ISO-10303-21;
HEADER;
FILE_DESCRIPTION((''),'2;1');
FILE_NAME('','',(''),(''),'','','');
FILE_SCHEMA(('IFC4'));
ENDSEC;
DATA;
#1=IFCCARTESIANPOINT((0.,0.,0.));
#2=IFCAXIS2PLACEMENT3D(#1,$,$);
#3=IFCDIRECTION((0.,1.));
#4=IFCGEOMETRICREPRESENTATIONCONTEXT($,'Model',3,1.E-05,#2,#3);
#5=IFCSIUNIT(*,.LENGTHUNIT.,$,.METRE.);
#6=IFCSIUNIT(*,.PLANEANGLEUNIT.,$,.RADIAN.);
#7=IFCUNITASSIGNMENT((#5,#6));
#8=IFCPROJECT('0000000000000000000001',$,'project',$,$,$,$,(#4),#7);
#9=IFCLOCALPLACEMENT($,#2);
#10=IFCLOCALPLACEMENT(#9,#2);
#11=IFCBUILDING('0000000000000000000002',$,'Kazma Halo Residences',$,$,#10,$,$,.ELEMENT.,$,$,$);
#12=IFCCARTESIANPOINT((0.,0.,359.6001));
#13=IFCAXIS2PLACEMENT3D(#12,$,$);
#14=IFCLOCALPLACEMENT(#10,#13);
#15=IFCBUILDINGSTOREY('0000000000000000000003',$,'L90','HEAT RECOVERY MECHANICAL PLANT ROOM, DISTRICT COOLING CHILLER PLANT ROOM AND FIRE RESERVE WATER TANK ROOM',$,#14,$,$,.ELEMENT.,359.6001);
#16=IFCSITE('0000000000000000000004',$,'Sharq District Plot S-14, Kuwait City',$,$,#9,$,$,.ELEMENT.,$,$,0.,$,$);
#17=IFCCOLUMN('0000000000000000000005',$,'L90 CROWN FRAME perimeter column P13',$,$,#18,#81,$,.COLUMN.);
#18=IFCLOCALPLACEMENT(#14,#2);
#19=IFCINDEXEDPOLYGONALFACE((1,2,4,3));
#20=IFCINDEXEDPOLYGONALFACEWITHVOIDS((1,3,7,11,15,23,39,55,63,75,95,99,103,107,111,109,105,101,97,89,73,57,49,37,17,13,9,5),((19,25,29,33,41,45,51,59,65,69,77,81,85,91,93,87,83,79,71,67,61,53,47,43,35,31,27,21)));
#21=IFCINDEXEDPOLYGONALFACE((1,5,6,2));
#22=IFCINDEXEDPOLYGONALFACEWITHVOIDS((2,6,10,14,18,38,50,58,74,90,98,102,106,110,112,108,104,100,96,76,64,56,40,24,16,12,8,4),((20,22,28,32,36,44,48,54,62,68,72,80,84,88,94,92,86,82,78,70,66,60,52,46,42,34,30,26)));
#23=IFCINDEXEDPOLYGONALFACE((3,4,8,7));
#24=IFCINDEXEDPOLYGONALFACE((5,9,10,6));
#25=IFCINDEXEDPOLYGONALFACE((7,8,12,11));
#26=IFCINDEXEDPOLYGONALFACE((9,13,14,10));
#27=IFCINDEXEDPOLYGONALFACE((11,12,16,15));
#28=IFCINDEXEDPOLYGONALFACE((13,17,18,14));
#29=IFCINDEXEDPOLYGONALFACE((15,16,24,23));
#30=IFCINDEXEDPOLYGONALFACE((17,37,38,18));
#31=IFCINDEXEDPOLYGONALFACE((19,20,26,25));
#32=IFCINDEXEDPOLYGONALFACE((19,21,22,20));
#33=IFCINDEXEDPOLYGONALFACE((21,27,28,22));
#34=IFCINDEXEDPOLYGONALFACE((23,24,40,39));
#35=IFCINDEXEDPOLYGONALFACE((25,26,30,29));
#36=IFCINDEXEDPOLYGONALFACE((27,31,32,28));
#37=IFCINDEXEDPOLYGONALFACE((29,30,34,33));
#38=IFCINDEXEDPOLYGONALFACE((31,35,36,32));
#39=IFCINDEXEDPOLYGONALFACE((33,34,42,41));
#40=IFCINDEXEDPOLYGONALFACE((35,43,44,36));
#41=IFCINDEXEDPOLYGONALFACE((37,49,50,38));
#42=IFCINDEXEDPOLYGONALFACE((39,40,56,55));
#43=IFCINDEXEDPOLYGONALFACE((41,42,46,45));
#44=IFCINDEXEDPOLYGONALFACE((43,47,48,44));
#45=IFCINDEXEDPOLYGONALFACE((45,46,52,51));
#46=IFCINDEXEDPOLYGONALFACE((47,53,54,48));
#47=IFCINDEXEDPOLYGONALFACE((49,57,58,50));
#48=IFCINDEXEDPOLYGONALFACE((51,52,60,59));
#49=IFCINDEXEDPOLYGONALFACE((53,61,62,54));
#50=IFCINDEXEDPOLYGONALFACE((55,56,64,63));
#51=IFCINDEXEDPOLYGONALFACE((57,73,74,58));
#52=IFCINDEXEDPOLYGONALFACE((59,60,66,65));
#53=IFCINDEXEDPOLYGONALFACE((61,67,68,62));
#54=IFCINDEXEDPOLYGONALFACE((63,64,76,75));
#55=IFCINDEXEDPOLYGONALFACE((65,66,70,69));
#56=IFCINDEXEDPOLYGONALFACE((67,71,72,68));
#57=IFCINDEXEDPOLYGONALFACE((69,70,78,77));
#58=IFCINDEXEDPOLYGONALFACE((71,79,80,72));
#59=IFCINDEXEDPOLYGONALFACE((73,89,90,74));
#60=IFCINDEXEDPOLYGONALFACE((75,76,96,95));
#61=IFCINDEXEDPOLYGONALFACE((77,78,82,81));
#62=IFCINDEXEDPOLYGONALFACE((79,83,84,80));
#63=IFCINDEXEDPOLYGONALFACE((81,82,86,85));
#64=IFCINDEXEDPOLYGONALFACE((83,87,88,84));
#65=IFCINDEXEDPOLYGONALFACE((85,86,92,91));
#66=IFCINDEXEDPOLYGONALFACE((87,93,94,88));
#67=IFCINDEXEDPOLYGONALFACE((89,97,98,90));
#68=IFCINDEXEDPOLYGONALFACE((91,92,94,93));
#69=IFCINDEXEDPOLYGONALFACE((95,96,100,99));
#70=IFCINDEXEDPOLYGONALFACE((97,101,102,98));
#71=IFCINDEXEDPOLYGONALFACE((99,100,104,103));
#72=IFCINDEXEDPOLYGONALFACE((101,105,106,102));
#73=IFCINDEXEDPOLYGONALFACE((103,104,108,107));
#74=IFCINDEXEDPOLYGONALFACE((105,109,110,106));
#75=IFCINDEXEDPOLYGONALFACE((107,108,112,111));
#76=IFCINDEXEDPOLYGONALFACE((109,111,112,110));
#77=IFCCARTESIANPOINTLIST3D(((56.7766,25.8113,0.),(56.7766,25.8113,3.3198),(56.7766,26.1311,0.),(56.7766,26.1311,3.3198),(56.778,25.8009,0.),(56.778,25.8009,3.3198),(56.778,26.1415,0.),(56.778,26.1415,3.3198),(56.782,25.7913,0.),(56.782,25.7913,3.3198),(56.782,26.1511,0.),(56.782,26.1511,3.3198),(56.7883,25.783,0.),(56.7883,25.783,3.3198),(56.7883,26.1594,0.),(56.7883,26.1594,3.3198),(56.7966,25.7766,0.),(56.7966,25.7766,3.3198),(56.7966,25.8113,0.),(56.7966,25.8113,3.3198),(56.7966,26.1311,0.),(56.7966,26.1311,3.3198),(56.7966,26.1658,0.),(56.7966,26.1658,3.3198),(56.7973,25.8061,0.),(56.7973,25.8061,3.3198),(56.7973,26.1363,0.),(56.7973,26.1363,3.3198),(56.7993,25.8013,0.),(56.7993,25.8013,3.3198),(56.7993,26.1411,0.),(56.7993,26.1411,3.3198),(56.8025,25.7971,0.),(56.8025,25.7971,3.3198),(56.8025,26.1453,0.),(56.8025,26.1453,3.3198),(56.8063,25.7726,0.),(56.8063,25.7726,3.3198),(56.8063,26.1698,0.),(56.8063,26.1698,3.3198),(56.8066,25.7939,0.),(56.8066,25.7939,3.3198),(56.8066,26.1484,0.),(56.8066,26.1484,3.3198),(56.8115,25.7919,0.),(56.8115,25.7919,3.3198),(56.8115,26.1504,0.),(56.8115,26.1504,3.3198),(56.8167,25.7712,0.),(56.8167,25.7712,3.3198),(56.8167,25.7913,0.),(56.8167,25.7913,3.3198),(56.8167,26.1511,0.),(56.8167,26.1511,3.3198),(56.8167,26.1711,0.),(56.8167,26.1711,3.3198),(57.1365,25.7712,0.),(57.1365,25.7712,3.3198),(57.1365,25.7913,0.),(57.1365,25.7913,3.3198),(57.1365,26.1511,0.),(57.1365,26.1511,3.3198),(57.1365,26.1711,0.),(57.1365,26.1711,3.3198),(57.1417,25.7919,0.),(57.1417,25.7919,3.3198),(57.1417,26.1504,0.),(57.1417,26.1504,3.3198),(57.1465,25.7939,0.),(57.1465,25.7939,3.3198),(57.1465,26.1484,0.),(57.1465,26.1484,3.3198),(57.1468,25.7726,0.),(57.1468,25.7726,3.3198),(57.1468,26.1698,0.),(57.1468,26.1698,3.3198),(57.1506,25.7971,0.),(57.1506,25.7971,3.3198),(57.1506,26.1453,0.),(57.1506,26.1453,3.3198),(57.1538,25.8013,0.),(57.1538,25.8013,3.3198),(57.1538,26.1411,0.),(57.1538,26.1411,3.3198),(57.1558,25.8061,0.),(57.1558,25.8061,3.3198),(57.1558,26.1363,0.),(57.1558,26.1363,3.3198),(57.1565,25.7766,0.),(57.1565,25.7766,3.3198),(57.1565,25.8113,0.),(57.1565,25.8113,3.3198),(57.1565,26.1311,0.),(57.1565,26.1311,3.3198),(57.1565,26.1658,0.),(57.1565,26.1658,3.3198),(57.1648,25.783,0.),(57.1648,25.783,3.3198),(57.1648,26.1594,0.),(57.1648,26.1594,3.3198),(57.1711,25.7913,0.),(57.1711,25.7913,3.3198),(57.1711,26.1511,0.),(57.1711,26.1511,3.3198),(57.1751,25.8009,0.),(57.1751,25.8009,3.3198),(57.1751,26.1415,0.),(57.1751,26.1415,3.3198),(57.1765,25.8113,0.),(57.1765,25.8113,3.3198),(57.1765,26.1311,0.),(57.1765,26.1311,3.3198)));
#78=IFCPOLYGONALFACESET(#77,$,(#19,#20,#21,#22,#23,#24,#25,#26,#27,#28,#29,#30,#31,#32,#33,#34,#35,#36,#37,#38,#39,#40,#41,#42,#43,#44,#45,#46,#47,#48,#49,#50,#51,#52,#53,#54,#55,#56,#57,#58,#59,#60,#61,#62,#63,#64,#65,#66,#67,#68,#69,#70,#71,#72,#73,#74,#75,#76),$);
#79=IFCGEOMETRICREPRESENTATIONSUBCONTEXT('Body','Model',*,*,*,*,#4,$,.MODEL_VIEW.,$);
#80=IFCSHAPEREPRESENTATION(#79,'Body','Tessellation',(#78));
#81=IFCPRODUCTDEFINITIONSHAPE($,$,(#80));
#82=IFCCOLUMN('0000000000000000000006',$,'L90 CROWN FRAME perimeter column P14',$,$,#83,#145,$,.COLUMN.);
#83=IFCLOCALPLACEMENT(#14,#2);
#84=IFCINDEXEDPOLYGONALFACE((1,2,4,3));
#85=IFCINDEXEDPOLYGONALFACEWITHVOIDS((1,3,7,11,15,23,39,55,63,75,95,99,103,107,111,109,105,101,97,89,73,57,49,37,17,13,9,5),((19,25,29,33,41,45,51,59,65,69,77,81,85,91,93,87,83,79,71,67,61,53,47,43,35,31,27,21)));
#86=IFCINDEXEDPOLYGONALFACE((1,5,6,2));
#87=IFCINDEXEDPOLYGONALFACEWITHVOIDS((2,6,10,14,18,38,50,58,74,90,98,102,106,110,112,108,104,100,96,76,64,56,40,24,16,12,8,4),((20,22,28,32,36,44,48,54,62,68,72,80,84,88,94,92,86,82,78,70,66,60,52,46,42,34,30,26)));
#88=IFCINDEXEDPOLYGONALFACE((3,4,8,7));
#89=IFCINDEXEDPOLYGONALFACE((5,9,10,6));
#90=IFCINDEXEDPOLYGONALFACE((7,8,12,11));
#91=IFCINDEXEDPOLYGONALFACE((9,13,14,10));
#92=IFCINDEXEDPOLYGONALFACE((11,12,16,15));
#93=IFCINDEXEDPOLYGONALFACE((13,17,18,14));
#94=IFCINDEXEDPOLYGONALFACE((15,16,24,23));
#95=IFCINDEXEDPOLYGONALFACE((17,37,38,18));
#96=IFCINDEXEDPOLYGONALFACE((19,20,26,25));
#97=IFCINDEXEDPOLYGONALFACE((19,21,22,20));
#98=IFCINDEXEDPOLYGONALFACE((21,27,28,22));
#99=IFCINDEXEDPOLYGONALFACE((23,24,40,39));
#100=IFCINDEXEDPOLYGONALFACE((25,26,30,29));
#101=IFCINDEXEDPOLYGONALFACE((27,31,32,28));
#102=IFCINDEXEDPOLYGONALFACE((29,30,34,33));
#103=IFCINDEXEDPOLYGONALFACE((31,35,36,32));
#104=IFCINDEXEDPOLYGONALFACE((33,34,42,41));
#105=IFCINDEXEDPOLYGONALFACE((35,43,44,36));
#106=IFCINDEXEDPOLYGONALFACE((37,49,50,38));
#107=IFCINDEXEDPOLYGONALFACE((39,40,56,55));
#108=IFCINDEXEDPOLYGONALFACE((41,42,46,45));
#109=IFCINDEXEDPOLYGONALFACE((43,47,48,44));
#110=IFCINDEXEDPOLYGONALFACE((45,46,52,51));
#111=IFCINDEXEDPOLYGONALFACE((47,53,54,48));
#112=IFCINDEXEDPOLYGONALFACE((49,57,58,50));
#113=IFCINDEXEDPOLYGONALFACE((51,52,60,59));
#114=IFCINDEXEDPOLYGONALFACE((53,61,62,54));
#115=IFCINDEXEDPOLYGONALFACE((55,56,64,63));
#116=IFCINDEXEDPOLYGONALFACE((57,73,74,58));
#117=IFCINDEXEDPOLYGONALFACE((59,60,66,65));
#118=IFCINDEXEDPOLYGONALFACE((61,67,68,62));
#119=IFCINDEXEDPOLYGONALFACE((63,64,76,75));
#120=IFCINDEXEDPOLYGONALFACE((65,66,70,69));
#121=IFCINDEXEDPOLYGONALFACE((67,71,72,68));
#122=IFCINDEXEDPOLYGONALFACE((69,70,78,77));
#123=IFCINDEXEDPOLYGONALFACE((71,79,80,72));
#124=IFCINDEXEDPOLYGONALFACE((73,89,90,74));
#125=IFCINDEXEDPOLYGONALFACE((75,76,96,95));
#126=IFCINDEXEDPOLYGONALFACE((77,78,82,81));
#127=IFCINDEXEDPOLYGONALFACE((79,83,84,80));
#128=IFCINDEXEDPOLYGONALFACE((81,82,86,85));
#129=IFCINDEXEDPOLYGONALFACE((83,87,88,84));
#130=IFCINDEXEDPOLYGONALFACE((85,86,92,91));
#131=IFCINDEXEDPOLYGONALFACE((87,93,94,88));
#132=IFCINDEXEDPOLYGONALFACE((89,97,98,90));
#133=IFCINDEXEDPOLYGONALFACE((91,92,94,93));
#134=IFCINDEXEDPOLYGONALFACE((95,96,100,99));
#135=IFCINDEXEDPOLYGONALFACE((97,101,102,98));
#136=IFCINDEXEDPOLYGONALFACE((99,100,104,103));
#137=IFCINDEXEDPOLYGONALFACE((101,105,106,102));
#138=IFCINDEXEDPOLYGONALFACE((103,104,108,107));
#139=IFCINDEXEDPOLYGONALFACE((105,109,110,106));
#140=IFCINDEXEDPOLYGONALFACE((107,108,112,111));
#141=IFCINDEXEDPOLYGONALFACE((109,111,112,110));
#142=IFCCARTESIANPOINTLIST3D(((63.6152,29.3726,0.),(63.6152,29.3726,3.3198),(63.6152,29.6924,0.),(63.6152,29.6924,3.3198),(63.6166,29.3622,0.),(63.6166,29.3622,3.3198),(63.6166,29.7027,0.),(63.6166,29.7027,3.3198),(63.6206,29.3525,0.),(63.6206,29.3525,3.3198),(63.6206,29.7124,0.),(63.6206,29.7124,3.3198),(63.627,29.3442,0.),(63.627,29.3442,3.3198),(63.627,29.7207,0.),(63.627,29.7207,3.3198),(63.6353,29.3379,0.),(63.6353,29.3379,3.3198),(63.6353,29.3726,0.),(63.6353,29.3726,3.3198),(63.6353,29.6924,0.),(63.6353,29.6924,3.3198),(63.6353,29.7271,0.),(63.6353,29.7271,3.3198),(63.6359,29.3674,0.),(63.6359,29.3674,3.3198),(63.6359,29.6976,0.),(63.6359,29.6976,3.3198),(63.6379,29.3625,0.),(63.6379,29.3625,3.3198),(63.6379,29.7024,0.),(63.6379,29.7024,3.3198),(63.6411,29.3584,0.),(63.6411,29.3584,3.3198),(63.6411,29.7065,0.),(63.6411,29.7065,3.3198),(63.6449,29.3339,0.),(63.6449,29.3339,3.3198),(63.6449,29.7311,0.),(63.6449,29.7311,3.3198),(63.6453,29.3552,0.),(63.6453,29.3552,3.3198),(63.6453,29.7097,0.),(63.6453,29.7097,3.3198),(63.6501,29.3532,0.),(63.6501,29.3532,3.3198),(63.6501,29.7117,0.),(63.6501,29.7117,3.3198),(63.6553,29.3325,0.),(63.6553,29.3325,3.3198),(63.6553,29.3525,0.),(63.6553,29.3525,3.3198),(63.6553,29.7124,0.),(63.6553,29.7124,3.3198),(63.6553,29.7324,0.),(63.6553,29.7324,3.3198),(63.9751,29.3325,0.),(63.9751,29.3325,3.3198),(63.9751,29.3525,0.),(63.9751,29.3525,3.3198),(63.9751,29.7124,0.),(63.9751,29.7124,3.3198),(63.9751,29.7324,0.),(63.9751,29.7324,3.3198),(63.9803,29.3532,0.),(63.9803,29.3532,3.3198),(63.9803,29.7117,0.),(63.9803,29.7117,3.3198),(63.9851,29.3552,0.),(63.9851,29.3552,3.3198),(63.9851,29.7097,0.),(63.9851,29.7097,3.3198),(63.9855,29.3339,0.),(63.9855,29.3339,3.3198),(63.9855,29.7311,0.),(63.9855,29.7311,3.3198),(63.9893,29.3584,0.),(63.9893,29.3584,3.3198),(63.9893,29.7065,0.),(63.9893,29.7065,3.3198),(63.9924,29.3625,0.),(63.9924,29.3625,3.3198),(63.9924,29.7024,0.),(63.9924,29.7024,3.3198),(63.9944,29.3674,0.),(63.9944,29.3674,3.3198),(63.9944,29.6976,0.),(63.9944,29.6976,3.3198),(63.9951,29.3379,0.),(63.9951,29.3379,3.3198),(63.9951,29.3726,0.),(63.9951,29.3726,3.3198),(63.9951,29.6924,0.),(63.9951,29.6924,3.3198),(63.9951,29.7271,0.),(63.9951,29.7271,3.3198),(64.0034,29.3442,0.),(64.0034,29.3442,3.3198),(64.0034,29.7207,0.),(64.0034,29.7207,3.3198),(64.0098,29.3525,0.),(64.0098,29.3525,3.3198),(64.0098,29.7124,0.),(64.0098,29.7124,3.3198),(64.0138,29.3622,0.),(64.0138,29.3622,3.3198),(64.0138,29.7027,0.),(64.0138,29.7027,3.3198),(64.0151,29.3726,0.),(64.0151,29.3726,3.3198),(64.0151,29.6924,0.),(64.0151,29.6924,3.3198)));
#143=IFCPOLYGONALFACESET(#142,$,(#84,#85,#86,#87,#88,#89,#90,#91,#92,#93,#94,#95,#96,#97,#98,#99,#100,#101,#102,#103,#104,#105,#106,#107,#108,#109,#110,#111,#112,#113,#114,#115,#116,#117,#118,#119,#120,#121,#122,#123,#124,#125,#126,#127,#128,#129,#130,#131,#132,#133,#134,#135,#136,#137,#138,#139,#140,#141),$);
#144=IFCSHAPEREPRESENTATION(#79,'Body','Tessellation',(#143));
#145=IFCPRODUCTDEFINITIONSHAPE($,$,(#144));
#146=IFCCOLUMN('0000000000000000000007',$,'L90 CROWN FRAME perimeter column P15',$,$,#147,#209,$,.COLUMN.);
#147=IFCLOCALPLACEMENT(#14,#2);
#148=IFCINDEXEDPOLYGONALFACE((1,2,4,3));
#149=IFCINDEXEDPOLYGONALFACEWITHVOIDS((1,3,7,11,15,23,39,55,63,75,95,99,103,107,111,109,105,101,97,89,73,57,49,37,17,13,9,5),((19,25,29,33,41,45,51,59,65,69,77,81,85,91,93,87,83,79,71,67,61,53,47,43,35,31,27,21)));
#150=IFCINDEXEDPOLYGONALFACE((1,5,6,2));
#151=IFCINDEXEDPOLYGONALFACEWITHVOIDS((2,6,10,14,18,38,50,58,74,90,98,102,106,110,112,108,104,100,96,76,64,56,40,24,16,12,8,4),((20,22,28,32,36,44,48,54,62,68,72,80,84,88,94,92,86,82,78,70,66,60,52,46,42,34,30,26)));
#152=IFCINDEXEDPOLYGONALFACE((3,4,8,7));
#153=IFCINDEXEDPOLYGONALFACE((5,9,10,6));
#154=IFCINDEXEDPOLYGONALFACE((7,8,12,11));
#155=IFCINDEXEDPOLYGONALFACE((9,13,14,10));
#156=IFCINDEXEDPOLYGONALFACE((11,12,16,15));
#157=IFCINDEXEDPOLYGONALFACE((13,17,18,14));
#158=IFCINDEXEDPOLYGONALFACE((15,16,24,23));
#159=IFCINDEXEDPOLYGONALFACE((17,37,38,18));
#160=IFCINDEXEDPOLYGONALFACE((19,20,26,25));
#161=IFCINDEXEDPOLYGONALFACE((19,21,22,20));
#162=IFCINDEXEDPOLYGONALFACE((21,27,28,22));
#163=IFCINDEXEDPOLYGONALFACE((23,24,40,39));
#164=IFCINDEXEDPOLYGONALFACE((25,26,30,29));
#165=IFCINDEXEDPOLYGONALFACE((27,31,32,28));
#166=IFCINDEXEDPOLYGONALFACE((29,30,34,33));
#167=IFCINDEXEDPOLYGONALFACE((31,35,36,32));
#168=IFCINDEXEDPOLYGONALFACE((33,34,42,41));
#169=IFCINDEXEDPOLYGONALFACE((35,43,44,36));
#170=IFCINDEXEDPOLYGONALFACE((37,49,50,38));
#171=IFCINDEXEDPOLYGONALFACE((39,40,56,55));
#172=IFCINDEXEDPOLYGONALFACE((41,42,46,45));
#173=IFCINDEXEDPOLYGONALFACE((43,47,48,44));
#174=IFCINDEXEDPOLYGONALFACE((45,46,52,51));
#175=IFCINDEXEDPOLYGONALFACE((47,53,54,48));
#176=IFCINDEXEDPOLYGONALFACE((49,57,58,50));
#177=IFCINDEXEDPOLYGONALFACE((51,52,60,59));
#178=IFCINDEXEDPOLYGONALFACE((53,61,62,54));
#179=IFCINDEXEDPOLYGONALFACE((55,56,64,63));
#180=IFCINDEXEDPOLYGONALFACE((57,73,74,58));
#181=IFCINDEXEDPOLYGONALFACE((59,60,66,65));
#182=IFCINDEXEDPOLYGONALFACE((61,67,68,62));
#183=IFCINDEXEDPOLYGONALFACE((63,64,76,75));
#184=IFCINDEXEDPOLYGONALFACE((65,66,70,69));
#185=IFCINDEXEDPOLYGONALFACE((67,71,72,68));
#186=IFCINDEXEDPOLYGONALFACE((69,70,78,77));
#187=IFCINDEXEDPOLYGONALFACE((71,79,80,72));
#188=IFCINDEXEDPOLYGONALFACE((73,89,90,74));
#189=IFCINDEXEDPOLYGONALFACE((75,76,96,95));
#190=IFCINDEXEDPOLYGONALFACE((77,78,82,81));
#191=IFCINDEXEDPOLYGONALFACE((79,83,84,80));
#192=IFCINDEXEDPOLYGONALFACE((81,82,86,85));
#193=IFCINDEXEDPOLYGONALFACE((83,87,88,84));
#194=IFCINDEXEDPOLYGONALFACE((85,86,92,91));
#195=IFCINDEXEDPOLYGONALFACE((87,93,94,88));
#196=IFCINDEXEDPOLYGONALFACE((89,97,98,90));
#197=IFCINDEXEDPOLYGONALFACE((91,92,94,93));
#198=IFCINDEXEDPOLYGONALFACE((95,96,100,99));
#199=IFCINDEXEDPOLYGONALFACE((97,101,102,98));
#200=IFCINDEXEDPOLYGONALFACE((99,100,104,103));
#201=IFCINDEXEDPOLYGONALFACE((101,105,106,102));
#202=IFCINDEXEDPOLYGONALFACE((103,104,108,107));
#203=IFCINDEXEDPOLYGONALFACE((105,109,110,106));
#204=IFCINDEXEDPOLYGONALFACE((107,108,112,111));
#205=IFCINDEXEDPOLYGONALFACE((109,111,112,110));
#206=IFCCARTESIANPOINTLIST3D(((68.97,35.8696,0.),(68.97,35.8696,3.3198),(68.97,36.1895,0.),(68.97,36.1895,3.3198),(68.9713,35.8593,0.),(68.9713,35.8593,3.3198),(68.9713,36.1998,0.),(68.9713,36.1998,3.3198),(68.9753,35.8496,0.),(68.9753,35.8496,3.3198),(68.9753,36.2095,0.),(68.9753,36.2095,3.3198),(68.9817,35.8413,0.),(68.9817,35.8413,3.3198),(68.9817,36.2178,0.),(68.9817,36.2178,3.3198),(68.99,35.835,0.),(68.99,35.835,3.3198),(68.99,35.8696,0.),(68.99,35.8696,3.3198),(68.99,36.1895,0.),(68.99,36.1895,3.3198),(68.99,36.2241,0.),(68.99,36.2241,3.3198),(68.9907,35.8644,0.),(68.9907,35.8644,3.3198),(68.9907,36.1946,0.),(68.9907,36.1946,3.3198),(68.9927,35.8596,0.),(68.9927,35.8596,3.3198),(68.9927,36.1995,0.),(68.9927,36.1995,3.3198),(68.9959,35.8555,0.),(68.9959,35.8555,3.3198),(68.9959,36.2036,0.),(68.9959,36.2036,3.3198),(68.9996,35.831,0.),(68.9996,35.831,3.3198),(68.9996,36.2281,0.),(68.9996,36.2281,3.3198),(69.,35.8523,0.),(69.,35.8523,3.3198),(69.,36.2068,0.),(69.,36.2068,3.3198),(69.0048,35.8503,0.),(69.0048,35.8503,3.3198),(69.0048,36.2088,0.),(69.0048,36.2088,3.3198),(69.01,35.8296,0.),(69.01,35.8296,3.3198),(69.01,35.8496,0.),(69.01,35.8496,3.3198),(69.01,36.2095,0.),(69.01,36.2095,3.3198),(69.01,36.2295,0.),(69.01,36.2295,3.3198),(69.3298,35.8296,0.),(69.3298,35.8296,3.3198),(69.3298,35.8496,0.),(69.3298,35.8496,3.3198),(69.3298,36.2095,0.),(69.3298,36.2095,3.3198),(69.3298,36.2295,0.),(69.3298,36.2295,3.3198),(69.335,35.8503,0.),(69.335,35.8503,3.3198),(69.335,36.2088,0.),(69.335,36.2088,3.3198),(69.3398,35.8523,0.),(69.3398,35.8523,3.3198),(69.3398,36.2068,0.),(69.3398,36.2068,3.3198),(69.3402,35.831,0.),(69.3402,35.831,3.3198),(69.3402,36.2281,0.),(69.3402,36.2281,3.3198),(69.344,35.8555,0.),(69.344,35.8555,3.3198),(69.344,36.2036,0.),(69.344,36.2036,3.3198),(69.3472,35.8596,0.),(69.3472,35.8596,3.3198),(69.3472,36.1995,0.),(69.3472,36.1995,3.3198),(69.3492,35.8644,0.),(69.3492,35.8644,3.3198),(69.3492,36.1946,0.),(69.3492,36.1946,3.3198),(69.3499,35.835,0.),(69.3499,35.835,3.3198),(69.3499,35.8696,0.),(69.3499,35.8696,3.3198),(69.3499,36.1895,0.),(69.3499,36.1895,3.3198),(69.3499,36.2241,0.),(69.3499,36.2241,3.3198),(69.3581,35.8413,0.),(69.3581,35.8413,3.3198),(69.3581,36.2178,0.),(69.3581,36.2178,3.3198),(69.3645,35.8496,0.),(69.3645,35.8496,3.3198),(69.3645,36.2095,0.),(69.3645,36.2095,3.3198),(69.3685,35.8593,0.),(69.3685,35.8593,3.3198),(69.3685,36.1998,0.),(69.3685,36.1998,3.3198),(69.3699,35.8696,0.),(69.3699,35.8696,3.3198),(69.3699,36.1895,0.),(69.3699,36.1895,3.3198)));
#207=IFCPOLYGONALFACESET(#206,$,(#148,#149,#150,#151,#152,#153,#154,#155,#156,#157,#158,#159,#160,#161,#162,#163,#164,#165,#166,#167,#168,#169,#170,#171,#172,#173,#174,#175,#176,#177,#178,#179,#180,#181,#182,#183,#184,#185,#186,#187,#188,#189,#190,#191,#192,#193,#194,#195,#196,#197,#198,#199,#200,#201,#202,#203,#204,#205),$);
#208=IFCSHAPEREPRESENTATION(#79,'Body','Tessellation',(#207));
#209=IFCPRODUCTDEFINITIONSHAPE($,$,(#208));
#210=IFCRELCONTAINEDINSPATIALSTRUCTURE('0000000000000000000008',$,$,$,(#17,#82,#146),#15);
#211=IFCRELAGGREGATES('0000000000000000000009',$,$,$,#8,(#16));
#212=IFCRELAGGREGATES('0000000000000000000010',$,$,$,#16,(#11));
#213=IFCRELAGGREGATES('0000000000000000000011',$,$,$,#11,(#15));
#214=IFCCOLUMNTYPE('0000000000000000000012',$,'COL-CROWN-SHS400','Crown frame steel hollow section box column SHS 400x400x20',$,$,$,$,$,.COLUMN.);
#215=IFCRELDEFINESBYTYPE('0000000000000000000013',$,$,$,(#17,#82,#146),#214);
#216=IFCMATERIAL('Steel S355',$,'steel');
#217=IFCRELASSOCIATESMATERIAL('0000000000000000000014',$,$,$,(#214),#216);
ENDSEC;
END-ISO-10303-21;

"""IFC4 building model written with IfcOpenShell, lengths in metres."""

from ifc_helpers import new_model, si_unit, direction, frame, origin, origin_2d, place, context, subcontext, project, spatial, hollow_rectangle, extrude, material, material_profile, profile_set, type_object, element, save


model = new_model("IFC4")

# Units and contexts
model_context = context("Model", 3, precision=1e-05, world=origin(), true_north=direction((0.0, 1.0)))
body_context = subcontext(model_context, "Body", "Model", "MODEL_VIEW")
ifc_project = project(units=[si_unit("LENGTHUNIT", "METRE"), si_unit("PLANEANGLEUNIT", "RADIAN")], contexts=[model_context])

# Site, building, storey
site_placement = place(None, origin())
site = spatial("IfcSite", under=ifc_project, at=site_placement, Name="Sharq District Plot S-14, Kuwait City", CompositionType="ELEMENT", RefElevation=0.0)
building_placement = place(site_placement, origin())
building = spatial("IfcBuilding", under=site, at=building_placement, Name="Kazma Halo Residences", CompositionType="ELEMENT")
storey_placement = place(building_placement, frame((0.0, 0.0, 359.6001)))
storey = spatial("IfcBuildingStorey", under=building, at=storey_placement, Name="L90", Description="HEAT RECOVERY MECHANICAL PLANT ROOM, DISTRICT COOLING CHILLER PLANT ROOM AND FIRE RESERVE WATER TANK ROOM", CompositionType="ELEMENT", Elevation=359.6001)

# Columns
ifc_material_1 = material(Name="Steel S355", Category="steel")
ifc_material_profile_1 = material_profile(ifc_material_1, hollow_rectangle(XDim=0.3999, YDim=0.3999, WallThickness=0.02, InnerFilletRadius=0.02, OuterFilletRadius=0.04, at=origin_2d()), Name="SHS400x400x20")
ifc_profile_set_1 = profile_set([ifc_material_profile_1], Name="Steel S355")
column_type = type_object("IfcColumnType", Name="COL-CROWN-SHS400", Description="Crown frame steel hollow section box column SHS 400x400x20", PredefinedType="COLUMN", material=ifc_profile_set_1)
for number, where, z_axis, x_axis, name in (
    (1, (56.9766, 25.9712, 0.0), (0.0, 0.0, 1.0), (1.0, 0.0, 0.0), "L90 CROWN FRAME perimeter column P13"),
    (2, (63.8152, 29.5325, 0.0), (0.0, 0.0, 1.0), (1.0, 0.0, 0.0), "L90 CROWN FRAME perimeter column P14"),
    (3, (69.1699, 36.0295, 0.0), (0.0, 0.0, 1.0), (1.0, 0.0, 0.0), "L90 CROWN FRAME perimeter column P15"),
):
    element("IfcColumn", number, at=place(storey_placement, frame(where, z_axis=z_axis, x_axis=x_axis)), inside=storey, type_object=column_type, Name=name, PredefinedType="COLUMN", context=body_context, shape_type="SweptSolid", body=[
        extrude(hollow_rectangle(XDim=0.3999, YDim=0.3999, WallThickness=0.02, InnerFilletRadius=0.02, OuterFilletRadius=0.04, at=origin_2d()), origin(), (0.0, 0.0, 1.0), 3.3198),
    ])

save(model, "model.ifc")
